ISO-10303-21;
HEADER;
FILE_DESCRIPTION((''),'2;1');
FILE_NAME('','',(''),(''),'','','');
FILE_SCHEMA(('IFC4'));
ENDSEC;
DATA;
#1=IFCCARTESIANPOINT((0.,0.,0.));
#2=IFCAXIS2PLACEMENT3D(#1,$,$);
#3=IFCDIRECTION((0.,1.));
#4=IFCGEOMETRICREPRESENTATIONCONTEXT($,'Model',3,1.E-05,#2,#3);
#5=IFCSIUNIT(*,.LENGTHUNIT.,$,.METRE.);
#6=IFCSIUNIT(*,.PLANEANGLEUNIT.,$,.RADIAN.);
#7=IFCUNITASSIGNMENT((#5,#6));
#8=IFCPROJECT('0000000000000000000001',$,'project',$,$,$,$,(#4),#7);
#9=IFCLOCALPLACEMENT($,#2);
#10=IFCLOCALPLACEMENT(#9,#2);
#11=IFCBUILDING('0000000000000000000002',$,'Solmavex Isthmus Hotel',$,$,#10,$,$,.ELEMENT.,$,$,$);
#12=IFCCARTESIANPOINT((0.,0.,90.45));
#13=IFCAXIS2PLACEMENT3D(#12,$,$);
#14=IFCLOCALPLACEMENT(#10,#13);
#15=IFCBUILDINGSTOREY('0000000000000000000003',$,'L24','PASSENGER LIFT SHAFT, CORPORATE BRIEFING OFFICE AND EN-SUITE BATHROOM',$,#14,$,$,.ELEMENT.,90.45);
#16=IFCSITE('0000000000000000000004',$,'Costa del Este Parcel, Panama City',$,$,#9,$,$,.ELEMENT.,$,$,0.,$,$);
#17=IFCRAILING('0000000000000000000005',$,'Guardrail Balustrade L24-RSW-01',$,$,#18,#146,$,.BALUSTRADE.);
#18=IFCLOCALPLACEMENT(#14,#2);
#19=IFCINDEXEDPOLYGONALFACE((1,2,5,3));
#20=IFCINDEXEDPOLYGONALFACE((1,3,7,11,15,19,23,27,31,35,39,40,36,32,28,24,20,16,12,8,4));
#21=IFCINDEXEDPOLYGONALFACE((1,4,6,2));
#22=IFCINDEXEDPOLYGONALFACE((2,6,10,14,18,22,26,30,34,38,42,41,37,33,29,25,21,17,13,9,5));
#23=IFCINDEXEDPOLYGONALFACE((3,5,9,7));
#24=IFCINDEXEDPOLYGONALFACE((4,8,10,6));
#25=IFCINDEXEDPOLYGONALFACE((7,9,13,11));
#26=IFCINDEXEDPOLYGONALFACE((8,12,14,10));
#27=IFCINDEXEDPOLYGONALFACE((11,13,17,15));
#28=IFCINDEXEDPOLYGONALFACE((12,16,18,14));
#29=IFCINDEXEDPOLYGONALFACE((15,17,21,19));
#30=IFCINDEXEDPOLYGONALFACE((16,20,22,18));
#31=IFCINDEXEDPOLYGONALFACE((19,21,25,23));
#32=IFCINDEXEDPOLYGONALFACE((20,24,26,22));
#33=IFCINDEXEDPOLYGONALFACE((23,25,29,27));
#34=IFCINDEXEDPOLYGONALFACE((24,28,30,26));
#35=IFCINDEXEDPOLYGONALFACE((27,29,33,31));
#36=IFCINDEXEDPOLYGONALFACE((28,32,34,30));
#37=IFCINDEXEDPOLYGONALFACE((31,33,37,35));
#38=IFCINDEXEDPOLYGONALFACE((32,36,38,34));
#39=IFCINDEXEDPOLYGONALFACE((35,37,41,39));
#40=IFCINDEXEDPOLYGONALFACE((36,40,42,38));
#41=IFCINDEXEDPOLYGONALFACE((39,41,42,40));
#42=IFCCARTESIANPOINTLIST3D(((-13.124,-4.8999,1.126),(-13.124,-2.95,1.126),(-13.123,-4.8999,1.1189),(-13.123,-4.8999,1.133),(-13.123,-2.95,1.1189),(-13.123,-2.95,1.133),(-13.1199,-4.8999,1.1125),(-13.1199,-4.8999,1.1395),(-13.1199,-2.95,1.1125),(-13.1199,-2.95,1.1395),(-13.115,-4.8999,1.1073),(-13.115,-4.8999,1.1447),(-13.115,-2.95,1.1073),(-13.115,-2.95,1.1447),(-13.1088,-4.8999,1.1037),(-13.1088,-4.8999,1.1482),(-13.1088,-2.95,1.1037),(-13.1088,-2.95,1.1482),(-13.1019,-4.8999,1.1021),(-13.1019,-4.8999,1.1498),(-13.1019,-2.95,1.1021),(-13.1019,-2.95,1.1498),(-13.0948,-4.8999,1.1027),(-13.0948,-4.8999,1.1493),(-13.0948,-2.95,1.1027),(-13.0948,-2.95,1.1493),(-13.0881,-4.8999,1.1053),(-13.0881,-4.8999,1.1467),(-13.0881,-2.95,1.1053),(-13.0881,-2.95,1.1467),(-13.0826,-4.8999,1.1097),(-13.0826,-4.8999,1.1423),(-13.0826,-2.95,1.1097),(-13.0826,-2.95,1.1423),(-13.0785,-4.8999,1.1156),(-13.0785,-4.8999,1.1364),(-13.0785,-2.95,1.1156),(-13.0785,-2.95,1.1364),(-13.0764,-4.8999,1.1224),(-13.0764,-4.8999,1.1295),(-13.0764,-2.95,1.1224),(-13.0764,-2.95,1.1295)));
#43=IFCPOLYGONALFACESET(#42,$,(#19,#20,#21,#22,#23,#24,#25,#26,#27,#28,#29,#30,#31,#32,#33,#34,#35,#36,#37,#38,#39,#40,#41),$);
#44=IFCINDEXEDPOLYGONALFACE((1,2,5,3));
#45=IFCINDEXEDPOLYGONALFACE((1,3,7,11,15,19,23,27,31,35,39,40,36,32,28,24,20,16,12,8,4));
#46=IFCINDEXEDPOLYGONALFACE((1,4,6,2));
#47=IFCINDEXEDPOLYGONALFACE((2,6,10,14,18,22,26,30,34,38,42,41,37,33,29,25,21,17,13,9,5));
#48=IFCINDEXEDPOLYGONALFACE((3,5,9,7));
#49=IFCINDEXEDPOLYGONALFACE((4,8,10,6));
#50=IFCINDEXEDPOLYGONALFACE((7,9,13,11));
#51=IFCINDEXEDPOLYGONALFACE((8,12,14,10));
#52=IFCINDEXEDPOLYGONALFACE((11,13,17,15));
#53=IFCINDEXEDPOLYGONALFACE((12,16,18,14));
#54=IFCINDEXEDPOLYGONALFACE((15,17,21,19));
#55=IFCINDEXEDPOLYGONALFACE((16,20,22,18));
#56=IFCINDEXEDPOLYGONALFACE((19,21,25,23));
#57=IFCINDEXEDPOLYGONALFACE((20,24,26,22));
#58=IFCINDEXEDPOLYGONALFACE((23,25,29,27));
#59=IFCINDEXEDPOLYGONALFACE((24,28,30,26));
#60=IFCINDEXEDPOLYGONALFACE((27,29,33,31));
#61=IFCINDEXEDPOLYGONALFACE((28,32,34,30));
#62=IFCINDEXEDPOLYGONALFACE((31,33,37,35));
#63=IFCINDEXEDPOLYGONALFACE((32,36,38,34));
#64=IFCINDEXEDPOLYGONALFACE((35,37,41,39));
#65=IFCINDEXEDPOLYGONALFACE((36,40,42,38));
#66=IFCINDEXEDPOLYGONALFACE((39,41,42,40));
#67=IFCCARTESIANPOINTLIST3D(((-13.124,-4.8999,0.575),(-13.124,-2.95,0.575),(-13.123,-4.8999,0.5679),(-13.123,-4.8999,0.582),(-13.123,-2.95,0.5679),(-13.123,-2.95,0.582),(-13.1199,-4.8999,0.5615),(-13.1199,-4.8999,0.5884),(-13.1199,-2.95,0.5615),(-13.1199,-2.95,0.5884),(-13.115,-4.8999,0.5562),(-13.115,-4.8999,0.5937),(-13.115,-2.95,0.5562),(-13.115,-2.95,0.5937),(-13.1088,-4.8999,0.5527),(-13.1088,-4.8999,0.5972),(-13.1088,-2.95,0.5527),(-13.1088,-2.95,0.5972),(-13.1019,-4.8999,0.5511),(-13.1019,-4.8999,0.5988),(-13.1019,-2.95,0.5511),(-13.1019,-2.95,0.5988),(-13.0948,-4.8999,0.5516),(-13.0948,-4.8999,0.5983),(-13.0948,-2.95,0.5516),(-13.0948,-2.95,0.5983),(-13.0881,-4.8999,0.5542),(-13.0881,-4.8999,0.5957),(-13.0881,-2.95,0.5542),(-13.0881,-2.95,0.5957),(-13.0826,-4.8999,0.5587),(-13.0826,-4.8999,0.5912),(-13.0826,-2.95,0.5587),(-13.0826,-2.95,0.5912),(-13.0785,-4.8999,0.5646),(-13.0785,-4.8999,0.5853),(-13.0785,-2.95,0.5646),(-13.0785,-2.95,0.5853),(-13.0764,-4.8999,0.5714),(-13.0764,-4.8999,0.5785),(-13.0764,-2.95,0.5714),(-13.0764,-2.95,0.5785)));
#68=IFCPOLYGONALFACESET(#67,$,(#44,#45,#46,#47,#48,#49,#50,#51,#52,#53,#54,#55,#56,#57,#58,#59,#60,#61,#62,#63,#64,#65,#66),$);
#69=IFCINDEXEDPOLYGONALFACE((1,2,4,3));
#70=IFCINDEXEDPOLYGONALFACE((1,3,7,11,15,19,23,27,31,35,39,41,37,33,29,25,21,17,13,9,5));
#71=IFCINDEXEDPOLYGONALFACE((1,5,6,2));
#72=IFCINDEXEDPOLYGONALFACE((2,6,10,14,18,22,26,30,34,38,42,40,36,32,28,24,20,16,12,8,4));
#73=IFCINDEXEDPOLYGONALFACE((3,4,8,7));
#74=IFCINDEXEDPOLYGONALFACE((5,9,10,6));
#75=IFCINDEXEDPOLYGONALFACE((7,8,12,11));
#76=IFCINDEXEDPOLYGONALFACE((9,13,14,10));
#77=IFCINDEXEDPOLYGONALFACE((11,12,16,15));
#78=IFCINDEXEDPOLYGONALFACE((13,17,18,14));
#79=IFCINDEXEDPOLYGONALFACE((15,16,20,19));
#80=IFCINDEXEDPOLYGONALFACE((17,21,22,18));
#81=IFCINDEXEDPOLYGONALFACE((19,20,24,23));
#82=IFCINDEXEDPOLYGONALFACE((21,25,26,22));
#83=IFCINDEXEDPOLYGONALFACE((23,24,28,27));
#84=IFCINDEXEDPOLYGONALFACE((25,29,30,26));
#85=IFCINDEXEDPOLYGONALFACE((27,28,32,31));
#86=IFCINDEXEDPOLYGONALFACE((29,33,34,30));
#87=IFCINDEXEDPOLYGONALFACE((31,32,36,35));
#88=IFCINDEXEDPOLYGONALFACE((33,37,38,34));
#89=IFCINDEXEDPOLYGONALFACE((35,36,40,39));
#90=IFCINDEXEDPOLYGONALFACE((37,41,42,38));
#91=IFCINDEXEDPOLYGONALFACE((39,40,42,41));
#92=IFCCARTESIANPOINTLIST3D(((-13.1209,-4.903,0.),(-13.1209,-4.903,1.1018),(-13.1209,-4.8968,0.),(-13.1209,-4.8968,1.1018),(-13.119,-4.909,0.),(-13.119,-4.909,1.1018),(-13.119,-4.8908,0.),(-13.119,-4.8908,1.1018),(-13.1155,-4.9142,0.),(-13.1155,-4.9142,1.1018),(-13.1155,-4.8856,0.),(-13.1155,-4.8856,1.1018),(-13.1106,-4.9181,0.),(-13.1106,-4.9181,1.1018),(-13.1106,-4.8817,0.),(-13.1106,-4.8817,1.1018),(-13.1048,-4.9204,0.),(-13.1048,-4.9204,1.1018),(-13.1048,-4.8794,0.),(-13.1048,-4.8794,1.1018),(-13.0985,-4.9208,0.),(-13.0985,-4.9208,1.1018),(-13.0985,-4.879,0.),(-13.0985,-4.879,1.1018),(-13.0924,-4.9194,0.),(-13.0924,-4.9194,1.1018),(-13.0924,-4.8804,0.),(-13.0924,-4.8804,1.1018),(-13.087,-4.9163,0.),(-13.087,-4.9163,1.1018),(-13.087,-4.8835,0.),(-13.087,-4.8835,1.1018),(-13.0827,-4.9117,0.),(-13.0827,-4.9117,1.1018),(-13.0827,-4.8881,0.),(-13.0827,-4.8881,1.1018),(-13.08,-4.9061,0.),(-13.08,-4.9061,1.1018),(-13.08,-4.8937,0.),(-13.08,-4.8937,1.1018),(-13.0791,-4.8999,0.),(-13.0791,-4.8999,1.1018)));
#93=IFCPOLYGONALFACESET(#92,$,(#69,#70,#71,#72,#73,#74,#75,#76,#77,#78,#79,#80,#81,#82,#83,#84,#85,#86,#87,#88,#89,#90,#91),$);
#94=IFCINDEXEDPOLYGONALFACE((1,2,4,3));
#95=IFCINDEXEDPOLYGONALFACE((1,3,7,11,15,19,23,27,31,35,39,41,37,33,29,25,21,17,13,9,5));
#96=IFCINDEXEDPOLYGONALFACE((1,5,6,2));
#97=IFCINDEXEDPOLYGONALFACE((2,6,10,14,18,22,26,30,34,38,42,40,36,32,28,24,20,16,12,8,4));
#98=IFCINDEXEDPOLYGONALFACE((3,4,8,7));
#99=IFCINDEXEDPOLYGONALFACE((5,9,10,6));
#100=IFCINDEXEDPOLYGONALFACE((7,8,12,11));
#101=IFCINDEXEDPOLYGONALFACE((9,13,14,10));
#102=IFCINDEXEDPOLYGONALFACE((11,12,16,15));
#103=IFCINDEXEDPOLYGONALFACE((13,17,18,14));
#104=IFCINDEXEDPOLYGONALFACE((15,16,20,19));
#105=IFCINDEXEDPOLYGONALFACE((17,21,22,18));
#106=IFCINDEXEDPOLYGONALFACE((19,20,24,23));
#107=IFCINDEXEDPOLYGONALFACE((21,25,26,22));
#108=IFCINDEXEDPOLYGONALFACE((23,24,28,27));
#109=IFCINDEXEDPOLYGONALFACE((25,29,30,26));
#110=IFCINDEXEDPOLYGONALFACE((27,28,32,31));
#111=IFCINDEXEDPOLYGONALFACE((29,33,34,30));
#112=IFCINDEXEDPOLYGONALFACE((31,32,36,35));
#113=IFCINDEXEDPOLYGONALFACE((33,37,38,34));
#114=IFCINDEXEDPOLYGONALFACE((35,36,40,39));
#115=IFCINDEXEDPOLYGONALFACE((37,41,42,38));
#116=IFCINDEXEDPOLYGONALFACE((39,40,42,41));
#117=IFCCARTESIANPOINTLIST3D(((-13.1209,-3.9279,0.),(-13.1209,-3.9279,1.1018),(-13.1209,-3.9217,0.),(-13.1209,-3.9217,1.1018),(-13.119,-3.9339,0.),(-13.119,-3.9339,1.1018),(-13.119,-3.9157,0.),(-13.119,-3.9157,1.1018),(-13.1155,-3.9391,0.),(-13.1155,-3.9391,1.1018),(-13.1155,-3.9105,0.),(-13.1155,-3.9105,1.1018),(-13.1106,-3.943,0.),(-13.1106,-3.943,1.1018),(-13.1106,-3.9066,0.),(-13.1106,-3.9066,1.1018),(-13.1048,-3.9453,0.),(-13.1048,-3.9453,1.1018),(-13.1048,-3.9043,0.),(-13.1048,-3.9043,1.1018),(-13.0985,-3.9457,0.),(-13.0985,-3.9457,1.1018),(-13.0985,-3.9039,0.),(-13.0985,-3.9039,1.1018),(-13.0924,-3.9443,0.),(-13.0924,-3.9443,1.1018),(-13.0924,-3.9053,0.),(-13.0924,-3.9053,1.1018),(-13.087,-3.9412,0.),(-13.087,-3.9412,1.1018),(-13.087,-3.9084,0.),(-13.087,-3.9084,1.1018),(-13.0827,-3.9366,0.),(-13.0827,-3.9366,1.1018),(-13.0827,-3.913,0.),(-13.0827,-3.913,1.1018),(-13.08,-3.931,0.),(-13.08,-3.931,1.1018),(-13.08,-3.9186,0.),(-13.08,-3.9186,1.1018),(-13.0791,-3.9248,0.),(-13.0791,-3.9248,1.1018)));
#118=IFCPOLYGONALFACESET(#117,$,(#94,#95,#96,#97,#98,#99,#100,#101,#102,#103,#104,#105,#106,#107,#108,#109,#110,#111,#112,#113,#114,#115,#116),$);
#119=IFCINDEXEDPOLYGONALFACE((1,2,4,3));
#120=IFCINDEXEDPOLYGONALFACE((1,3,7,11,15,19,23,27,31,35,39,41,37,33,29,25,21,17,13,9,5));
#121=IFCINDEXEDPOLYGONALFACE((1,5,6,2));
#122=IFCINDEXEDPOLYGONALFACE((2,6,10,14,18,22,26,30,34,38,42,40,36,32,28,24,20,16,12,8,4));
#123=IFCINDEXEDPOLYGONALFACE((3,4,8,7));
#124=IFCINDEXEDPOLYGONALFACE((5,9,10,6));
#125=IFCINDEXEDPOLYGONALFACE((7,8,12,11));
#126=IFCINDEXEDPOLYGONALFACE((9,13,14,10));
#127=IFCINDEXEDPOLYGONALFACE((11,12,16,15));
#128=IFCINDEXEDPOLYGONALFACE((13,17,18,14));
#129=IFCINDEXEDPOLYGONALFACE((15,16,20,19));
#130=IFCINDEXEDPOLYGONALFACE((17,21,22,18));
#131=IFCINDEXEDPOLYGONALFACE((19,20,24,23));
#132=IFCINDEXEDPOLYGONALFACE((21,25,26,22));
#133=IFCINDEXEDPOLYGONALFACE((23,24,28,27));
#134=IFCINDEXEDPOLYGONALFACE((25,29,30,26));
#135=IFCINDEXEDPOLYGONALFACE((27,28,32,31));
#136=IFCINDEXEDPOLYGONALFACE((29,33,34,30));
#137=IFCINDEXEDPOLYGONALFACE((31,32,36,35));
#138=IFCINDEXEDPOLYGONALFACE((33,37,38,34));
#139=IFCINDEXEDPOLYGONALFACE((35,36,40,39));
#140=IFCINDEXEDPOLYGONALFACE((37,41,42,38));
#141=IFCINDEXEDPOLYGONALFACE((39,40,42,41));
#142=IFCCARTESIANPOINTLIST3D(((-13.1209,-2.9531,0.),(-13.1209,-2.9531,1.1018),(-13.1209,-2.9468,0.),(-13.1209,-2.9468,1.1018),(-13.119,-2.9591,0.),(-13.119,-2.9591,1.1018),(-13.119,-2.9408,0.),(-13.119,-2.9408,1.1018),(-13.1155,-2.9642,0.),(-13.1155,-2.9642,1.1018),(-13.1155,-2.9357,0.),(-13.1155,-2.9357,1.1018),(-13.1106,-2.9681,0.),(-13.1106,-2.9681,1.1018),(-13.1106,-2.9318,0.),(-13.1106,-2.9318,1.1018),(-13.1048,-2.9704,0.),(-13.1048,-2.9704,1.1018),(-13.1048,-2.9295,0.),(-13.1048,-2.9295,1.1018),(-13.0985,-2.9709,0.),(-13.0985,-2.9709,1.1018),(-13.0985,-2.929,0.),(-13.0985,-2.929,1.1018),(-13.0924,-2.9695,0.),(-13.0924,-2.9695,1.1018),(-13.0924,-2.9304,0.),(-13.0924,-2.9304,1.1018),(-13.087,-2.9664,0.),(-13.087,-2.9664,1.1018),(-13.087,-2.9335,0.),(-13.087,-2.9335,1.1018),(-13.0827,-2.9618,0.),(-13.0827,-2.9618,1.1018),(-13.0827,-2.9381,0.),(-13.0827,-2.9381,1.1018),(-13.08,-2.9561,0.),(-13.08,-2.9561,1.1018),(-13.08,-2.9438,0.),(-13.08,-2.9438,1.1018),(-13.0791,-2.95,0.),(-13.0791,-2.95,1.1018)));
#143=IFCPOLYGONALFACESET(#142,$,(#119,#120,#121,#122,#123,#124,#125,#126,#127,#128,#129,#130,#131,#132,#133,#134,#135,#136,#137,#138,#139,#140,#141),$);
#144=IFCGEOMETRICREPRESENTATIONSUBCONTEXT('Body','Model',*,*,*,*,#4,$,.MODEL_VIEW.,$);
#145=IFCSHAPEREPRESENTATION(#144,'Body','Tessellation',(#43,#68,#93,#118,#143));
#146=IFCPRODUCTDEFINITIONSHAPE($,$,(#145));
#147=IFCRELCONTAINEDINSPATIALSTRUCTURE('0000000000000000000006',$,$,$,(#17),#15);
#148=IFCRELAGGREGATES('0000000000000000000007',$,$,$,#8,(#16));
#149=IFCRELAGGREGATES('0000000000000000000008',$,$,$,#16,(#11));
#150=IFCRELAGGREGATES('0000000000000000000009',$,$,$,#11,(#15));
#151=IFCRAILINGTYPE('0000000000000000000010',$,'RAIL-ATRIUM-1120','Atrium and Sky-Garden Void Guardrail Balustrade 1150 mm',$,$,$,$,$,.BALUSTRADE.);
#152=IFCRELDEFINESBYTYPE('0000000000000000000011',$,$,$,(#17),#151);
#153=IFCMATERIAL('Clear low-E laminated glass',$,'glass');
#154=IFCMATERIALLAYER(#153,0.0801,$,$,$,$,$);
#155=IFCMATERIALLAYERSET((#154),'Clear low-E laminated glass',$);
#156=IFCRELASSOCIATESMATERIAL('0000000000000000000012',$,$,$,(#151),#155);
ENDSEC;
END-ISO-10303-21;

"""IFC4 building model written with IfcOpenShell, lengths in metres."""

from ifc_helpers import new_model, si_unit, direction, frame, origin, origin_2d, place, context, subcontext, project, spatial, circle, extrude, material, layer, layer_set, type_object, element, save


model = new_model("IFC4")

# Units and contexts
model_context = context("Model", 3, precision=1e-05, world=origin(), true_north=direction((0.0, 1.0)))
body_context = subcontext(model_context, "Body", "Model", "MODEL_VIEW")
ifc_project = project(units=[si_unit("LENGTHUNIT", "METRE"), si_unit("PLANEANGLEUNIT", "RADIAN")], contexts=[model_context])

# Site, building, storey
site_placement = place(None, origin())
site = spatial("IfcSite", under=ifc_project, at=site_placement, Name="Costa del Este Parcel, Panama City", CompositionType="ELEMENT", RefElevation=0.0)
building_placement = place(site_placement, origin())
building = spatial("IfcBuilding", under=site, at=building_placement, Name="Solmavex Isthmus Hotel", CompositionType="ELEMENT")
storey_placement = place(building_placement, frame((0.0, 0.0, 90.45)))
storey = spatial("IfcBuildingStorey", under=building, at=storey_placement, Name="L24", Description="PASSENGER LIFT SHAFT, CORPORATE BRIEFING OFFICE AND EN-SUITE BATHROOM", CompositionType="ELEMENT", Elevation=90.45)

# Shared definitions
ifc_material_1 = material(Name="Clear low-E laminated glass", Category="glass")

# Railing
ifc_layer_1 = layer(ifc_material_1, 0.0801)
ifc_layer_set_1 = layer_set([ifc_layer_1], Name="Clear low-E laminated glass")
railing_type_1 = type_object("IfcRailingType", Name="RAIL-ATRIUM-1120", Description="Atrium and Sky-Garden Void Guardrail Balustrade 1150 mm", PredefinedType="BALUSTRADE", material=ifc_layer_set_1)
railing_1_placement = place(storey_placement, frame((-13.1001, -4.8999, 0.0)))
element("IfcRailing", 1, at=railing_1_placement, inside=storey, type_object=railing_type_1, Name="Guardrail Balustrade L24-RSW-01", PredefinedType="BALUSTRADE", context=body_context, shape_type="SweptSolid", body=[
    extrude(circle(Radius=0.0239, at=origin_2d()), frame((0.0, 0.0, 1.126), z_axis=(0.0, 1.0, 0.0), x_axis=(-1.0, 0.0, 0.0)), (0.0, 0.0, 1.0), 1.95),
    extrude(circle(Radius=0.0239, at=origin_2d()), frame((0.0, 0.0, 0.575), z_axis=(0.0, 1.0, 0.0), x_axis=(-1.0, 0.0, 0.0)), (0.0, 0.0, 1.0), 1.95),
    extrude(circle(Radius=0.021, at=origin_2d()), origin(), (0.0, 0.0, 1.0), 1.1018),
    extrude(circle(Radius=0.021, at=origin_2d()), frame((0.0, 0.9751, 0.0)), (0.0, 0.0, 1.0), 1.1018),
    extrude(circle(Radius=0.021, at=origin_2d()), frame((0.0, 1.95, 0.0)), (0.0, 0.0, 1.0), 1.1018),
])

save(model, "model.ifc")
